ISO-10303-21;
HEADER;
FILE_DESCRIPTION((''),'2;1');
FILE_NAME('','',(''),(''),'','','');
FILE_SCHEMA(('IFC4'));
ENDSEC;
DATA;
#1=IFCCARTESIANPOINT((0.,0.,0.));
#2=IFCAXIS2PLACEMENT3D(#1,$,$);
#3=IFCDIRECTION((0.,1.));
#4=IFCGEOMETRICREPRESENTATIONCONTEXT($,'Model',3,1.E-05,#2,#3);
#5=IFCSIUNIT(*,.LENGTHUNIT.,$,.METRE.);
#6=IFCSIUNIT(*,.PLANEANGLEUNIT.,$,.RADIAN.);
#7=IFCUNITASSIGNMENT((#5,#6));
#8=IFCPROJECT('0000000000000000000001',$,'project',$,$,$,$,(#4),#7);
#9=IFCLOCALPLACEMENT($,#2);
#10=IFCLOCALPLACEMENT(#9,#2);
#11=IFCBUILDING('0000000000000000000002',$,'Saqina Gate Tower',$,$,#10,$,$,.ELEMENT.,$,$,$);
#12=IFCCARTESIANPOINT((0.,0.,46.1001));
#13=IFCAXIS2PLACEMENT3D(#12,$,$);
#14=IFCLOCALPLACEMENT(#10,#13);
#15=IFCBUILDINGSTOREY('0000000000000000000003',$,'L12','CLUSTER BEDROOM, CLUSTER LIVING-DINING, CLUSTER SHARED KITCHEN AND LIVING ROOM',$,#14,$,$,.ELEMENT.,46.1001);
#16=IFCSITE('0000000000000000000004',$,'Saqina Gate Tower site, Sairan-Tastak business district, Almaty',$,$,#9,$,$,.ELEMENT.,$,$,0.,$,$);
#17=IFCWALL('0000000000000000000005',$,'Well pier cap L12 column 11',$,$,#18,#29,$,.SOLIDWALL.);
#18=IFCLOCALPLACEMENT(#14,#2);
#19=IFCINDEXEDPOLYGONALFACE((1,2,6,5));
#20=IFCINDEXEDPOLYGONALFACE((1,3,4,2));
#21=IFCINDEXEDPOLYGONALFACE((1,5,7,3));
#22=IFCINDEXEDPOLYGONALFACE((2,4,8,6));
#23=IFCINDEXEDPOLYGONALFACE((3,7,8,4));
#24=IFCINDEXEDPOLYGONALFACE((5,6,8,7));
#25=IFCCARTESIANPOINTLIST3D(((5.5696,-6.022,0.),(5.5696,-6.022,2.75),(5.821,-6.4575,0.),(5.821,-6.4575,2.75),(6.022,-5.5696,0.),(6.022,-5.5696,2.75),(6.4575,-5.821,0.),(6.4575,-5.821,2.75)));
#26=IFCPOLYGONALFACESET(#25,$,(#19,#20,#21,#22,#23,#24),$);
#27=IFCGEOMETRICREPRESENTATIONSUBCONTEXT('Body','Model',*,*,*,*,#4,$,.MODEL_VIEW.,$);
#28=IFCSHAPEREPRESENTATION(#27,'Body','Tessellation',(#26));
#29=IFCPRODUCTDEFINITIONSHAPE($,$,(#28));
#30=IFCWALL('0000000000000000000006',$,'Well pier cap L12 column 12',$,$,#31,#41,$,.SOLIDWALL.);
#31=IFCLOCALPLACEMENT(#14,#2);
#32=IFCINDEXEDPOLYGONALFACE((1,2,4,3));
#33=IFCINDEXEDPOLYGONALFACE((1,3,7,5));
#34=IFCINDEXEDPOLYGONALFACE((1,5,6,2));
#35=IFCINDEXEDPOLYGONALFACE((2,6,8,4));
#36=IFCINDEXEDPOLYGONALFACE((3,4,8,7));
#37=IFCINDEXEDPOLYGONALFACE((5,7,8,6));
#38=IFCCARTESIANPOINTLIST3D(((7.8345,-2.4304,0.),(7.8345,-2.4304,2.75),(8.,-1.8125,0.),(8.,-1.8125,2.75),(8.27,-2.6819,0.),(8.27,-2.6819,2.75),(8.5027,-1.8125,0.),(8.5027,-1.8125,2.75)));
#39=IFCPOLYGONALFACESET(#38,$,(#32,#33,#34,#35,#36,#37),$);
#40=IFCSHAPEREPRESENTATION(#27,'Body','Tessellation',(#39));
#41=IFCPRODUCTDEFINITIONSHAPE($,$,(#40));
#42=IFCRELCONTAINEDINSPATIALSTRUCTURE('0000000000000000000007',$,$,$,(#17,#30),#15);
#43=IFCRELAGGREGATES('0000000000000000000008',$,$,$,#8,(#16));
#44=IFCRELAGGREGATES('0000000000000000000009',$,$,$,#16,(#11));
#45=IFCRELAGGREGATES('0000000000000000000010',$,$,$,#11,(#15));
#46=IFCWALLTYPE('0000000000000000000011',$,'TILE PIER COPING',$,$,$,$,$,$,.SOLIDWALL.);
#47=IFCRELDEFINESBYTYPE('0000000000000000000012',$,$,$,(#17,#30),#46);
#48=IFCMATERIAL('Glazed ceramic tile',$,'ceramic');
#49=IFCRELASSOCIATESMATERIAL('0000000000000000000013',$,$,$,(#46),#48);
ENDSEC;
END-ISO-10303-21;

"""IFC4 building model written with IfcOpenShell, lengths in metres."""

from ifc_helpers import new_model, si_unit, direction, frame, origin, place, context, subcontext, project, spatial, polyline, outline, extrude, material, type_object, element, save


model = new_model("IFC4")

# Units and contexts
model_context = context("Model", 3, precision=1e-05, world=origin(), true_north=direction((0.0, 1.0)))
body_context = subcontext(model_context, "Body", "Model", "MODEL_VIEW")
ifc_project = project(units=[si_unit("LENGTHUNIT", "METRE"), si_unit("PLANEANGLEUNIT", "RADIAN")], contexts=[model_context])

# Site, building, storey
site_placement = place(None, origin())
site = spatial("IfcSite", under=ifc_project, at=site_placement, Name="Saqina Gate Tower site, Sairan-Tastak business district, Almaty", CompositionType="ELEMENT", RefElevation=0.0)
building_placement = place(site_placement, origin())
building = spatial("IfcBuilding", under=site, at=building_placement, Name="Saqina Gate Tower", CompositionType="ELEMENT")
storey_placement = place(building_placement, frame((0.0, 0.0, 46.1001)))
storey = spatial("IfcBuildingStorey", under=building, at=storey_placement, Name="L12", Description="CLUSTER BEDROOM, CLUSTER LIVING-DINING, CLUSTER SHARED KITCHEN AND LIVING ROOM", CompositionType="ELEMENT", Elevation=46.1001)

# Walls
ifc_material_1 = material(Name="Glazed ceramic tile", Category="ceramic")
wall_type_1 = type_object("IfcWallType", Name="TILE PIER COPING", PredefinedType="SOLIDWALL", material=ifc_material_1)
wall_1_placement = place(storey_placement, origin())
element("IfcWall", 1, at=wall_1_placement, inside=storey, type_object=wall_type_1, Name="Well pier cap L12 column 11", PredefinedType="SOLIDWALL", context=body_context, shape_type="SweptSolid", body=[
    extrude(outline(polyline([(5.821, -6.4575), (6.4575, -5.821), (6.022, -5.5696), (5.5696, -6.022), (5.821, -6.4575)])), origin(), (0.0, 0.0, 1.0), 2.75),
])
wall_2_placement = place(storey_placement, origin())
element("IfcWall", 2, at=wall_2_placement, inside=storey, type_object=wall_type_1, Name="Well pier cap L12 column 12", PredefinedType="SOLIDWALL", context=body_context, shape_type="SweptSolid", body=[
    extrude(outline(polyline([(8.5027, -1.8125), (8.0, -1.8125), (7.8345, -2.4304), (8.27, -2.6819), (8.5027, -1.8125)])), origin(), (0.0, 0.0, 1.0), 2.75),
])

save(model, "model.ifc")
